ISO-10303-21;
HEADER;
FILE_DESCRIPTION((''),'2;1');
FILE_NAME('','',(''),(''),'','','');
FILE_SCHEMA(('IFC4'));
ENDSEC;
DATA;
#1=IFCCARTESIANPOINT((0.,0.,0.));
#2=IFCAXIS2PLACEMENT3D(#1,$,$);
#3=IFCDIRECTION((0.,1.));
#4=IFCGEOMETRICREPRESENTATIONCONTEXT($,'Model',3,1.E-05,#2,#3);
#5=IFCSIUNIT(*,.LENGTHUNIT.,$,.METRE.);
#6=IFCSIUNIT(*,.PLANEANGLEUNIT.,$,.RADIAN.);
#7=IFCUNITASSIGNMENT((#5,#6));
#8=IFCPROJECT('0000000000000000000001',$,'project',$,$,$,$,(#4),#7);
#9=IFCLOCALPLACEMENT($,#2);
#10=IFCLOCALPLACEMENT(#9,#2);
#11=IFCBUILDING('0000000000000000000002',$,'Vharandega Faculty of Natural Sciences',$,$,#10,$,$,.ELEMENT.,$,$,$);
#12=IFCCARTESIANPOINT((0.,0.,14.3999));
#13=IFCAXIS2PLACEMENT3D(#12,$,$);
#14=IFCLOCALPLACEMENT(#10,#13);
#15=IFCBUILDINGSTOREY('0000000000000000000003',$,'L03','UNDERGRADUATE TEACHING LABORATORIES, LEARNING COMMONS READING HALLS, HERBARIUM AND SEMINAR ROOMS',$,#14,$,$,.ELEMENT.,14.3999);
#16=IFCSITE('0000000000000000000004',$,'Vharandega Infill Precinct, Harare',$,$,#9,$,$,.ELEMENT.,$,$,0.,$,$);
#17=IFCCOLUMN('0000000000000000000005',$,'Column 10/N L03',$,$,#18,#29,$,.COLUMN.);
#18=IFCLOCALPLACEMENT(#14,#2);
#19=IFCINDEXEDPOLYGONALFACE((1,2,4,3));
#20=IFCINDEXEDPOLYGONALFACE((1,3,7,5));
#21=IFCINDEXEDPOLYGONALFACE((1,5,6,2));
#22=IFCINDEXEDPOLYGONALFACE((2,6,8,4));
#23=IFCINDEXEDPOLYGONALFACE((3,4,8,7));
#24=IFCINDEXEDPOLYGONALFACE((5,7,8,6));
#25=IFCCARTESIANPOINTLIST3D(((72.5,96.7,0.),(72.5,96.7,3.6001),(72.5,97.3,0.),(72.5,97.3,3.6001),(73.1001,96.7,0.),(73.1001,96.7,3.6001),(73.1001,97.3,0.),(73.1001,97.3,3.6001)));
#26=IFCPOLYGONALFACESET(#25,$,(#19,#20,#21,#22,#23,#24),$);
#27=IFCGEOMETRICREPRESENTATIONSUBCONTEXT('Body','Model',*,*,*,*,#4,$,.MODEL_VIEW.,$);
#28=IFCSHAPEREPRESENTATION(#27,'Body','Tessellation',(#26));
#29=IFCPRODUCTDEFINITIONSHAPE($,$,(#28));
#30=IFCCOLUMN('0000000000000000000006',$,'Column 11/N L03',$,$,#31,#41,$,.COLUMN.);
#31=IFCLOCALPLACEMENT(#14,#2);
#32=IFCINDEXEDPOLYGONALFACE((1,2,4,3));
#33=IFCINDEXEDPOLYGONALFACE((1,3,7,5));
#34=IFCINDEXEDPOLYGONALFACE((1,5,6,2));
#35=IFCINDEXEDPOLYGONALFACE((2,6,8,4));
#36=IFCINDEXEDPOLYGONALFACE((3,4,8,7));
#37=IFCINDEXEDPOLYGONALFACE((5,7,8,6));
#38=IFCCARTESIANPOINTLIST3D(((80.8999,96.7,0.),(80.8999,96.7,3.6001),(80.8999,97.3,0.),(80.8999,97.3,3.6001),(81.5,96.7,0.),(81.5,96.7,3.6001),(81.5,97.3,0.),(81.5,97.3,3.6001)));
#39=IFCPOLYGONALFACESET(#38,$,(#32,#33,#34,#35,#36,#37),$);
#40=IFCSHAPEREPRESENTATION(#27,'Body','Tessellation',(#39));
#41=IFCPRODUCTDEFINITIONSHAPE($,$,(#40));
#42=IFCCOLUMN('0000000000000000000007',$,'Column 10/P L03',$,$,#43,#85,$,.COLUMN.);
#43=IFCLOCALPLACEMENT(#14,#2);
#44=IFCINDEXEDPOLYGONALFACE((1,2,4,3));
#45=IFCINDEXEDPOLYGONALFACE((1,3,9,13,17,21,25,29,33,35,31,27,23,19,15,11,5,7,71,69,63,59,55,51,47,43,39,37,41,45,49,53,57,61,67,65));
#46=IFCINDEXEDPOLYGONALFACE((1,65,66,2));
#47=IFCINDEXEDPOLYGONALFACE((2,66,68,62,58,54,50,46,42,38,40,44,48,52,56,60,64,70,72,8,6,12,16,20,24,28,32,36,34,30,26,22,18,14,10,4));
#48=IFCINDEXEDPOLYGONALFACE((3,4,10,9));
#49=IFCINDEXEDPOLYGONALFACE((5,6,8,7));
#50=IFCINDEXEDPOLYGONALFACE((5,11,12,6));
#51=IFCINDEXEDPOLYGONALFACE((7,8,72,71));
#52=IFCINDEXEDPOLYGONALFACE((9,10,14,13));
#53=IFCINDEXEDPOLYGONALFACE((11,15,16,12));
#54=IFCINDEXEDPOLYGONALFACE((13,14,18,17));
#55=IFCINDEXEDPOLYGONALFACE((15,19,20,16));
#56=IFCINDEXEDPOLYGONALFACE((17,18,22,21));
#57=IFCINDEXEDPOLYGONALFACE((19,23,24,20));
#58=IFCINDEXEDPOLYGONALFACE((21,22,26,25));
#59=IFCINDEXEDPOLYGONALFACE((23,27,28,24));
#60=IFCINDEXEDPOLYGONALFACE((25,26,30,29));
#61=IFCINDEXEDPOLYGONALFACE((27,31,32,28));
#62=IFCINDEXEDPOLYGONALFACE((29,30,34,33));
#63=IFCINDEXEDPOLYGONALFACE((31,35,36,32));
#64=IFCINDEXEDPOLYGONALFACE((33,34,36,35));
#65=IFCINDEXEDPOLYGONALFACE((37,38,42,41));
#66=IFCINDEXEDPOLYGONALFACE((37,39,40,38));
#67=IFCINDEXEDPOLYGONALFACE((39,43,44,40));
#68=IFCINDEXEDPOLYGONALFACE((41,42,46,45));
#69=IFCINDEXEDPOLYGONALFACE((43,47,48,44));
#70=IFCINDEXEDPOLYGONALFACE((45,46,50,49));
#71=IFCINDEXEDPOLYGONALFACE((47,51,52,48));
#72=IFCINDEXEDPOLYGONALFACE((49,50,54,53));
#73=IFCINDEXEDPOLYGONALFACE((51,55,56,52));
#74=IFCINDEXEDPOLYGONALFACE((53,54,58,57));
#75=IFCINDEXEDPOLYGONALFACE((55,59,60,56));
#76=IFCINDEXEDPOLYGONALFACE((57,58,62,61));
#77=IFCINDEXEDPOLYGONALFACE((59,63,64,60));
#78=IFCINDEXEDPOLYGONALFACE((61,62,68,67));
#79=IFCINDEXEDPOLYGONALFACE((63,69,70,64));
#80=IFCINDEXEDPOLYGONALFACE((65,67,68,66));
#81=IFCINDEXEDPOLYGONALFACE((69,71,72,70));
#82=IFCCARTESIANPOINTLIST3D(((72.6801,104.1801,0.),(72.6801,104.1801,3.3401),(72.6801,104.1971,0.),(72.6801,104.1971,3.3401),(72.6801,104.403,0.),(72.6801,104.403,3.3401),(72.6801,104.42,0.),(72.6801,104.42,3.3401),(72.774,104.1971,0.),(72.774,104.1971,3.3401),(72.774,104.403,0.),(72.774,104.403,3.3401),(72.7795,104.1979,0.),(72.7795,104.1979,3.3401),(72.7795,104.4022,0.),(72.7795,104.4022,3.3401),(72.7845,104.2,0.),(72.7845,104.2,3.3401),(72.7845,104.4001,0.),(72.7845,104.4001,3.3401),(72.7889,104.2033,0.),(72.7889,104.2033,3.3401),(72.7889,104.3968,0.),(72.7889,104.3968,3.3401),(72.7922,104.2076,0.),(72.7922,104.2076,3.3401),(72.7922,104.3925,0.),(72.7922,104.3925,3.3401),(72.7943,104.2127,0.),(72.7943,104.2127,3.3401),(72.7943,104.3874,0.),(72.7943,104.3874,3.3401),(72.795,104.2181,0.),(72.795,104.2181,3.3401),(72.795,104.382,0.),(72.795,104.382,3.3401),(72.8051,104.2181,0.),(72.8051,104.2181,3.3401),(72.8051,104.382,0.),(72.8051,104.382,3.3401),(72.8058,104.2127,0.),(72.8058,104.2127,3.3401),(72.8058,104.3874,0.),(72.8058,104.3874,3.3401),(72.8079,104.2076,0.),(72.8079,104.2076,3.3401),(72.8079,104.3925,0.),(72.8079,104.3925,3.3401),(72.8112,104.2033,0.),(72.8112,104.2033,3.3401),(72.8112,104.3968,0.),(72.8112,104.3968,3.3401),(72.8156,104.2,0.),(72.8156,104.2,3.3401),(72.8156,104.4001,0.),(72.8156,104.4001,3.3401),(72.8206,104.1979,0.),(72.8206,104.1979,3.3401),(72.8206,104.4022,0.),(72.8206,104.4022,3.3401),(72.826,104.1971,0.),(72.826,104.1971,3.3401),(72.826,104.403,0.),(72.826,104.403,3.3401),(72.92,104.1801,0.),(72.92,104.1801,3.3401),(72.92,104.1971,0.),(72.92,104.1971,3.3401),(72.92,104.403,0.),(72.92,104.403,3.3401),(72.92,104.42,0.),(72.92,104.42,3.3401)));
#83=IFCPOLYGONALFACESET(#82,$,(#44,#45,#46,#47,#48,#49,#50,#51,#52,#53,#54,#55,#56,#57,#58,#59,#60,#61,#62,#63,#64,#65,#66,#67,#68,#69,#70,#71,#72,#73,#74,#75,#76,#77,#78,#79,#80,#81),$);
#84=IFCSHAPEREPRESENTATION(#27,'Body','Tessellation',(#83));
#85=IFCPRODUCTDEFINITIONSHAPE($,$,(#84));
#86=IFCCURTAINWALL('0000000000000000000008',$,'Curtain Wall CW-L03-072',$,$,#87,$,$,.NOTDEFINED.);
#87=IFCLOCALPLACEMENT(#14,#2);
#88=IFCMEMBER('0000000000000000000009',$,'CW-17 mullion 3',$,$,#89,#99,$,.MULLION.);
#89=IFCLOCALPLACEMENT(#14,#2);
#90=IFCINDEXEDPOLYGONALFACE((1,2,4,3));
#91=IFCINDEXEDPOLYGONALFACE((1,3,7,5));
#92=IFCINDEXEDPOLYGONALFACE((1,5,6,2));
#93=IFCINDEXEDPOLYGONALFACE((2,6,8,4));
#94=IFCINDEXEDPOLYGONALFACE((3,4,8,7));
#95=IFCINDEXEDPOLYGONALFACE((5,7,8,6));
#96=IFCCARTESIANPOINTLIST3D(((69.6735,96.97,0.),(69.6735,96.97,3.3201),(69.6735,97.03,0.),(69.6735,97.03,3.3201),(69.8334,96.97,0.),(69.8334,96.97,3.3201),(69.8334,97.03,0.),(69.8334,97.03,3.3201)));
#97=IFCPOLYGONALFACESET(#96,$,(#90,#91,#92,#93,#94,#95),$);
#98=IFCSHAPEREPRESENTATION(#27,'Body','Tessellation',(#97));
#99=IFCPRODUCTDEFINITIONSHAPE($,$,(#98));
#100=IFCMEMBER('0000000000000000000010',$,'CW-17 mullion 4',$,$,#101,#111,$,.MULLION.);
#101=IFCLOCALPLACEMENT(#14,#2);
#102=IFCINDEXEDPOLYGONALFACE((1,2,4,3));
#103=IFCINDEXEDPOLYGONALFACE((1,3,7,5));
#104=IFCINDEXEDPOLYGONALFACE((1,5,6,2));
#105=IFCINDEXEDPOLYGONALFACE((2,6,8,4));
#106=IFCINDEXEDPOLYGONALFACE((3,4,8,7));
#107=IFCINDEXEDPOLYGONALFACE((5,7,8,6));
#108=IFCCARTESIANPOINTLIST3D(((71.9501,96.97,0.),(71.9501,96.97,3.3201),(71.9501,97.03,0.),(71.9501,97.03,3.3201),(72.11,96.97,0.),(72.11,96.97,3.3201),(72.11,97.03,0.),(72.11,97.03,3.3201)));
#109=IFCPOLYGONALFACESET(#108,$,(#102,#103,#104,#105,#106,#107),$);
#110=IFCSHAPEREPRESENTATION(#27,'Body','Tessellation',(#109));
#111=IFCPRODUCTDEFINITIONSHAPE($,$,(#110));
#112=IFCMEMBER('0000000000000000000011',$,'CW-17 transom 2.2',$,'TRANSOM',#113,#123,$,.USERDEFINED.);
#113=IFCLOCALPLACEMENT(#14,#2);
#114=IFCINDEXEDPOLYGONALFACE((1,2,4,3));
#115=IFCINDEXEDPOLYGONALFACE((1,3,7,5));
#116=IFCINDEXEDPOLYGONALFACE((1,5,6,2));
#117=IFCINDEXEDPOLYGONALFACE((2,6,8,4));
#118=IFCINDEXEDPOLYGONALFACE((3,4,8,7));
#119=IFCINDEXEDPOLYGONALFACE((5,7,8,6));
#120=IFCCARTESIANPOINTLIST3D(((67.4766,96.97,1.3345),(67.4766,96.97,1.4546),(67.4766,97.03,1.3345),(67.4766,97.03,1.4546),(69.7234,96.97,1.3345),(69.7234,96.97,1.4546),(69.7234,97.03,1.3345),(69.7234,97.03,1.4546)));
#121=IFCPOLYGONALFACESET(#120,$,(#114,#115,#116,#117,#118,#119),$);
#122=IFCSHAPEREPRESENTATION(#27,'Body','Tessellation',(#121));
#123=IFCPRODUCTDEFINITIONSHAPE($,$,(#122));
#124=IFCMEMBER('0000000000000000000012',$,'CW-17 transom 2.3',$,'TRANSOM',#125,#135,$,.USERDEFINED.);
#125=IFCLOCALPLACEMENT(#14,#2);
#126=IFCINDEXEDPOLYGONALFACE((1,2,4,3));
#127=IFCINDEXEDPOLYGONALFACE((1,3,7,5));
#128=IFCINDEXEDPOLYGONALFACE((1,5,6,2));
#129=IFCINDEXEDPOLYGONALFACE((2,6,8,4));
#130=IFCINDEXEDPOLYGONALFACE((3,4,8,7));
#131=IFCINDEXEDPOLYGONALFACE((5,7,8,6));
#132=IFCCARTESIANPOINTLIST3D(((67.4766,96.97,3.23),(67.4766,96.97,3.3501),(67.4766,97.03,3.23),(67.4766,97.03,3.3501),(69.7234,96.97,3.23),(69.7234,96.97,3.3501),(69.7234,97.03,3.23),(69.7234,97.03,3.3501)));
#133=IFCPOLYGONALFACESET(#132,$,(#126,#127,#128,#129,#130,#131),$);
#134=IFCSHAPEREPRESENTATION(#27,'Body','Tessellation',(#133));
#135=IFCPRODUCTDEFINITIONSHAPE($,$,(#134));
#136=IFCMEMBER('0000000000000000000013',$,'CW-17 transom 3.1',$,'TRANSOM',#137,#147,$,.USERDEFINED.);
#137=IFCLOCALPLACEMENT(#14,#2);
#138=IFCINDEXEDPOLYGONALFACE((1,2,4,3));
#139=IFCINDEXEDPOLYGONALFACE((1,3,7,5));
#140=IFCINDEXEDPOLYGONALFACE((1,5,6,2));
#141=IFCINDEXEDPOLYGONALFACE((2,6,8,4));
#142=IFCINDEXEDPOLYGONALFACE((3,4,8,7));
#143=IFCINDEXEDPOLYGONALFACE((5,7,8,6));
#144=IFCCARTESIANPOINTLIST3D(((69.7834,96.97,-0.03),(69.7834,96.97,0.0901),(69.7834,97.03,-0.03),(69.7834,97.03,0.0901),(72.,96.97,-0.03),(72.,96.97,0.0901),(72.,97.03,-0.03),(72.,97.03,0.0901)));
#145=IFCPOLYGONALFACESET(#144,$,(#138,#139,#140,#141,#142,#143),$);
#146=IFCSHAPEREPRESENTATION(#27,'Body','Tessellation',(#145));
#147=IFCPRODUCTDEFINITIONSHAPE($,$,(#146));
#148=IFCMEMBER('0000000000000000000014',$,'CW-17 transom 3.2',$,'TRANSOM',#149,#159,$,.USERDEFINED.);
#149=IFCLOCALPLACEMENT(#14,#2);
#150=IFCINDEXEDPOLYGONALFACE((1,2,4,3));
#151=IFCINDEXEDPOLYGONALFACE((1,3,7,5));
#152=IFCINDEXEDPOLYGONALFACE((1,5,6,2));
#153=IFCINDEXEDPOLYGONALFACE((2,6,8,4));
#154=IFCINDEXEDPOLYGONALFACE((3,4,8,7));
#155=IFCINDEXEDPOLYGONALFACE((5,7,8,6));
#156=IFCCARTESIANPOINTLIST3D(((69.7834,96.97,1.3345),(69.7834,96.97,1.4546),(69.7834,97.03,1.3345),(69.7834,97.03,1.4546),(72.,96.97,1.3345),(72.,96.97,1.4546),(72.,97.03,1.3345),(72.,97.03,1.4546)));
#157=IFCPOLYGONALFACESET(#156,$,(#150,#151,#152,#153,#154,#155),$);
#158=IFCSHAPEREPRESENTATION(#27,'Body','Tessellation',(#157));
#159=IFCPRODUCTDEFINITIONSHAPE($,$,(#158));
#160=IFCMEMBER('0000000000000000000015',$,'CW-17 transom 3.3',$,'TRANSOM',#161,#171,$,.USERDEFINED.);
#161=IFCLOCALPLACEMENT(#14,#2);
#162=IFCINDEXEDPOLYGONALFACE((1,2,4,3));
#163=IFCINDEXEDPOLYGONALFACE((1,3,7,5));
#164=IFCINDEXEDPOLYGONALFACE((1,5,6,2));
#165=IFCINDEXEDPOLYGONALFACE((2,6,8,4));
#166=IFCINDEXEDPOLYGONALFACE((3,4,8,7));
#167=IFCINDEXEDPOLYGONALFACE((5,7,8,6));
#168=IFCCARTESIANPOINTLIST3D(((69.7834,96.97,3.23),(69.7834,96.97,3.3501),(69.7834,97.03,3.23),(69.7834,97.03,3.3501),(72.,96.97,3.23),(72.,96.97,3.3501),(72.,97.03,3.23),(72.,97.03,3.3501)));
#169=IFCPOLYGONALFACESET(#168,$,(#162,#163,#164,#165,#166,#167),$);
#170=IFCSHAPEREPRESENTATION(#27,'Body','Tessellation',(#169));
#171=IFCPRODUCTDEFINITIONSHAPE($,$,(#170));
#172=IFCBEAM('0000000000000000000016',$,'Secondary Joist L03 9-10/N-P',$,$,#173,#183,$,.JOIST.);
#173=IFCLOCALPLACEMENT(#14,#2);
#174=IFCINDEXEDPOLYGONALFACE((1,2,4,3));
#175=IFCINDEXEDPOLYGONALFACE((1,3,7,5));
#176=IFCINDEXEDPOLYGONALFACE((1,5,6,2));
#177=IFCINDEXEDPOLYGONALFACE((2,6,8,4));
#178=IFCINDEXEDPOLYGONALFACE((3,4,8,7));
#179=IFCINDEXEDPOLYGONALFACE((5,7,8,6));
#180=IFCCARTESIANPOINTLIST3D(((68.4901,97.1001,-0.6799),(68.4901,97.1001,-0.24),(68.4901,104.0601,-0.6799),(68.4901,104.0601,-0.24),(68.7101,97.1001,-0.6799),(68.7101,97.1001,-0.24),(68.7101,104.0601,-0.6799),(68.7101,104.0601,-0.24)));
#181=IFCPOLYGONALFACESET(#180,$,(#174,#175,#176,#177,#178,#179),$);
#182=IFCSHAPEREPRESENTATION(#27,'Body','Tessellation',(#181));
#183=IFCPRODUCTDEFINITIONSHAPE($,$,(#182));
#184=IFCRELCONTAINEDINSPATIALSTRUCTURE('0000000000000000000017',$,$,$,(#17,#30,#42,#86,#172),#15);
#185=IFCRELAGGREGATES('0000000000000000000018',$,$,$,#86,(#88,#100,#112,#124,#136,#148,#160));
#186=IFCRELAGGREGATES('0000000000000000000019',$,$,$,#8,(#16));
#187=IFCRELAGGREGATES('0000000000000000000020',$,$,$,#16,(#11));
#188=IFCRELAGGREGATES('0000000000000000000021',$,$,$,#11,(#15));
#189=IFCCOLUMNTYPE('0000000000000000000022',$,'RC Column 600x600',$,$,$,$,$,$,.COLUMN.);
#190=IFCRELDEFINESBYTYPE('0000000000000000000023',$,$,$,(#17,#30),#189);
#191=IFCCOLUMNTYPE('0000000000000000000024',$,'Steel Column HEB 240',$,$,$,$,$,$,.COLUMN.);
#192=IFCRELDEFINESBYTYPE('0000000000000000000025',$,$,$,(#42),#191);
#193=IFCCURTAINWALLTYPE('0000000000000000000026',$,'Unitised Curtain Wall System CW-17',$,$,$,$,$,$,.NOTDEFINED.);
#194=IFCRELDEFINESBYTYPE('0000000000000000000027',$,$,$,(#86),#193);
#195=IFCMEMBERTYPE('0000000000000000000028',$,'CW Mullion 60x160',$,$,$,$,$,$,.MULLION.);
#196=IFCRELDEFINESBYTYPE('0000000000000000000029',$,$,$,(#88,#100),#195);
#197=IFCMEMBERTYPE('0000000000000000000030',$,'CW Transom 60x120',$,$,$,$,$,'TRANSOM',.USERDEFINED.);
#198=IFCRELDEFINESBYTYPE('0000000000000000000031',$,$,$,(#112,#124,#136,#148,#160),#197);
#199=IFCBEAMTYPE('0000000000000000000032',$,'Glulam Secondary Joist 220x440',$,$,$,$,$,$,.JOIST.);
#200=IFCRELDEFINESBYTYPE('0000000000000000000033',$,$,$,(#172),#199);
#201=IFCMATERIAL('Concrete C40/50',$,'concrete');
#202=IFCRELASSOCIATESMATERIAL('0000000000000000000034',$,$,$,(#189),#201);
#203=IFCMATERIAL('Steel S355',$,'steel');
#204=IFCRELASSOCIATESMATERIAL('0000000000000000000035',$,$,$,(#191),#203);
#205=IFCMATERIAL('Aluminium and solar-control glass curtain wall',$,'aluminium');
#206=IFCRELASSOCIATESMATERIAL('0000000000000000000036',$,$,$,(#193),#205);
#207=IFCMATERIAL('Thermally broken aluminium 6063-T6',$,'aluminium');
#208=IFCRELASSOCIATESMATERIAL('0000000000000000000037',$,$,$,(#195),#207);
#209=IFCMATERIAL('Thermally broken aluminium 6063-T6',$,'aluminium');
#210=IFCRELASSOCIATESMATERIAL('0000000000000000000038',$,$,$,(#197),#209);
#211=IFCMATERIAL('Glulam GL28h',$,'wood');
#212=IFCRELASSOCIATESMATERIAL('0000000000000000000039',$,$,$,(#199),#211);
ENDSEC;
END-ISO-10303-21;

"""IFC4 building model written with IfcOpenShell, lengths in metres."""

from ifc_helpers import new_model, si_unit, direction, frame, origin, origin_2d, place, context, subcontext, project, spatial, rectangle, i_section, extrude, material, material_profile, profile_set, type_object, element, aggregate, save


model = new_model("IFC4")

# Units and contexts
model_context = context("Model", 3, precision=1e-05, world=origin(), true_north=direction((0.0, 1.0)))
body_context = subcontext(model_context, "Body", "Model", "MODEL_VIEW")
ifc_project = project(units=[si_unit("LENGTHUNIT", "METRE"), si_unit("PLANEANGLEUNIT", "RADIAN")], contexts=[model_context])

# Site, building, storey
site_placement = place(None, origin())
site = spatial("IfcSite", under=ifc_project, at=site_placement, Name="Vharandega Infill Precinct, Harare", CompositionType="ELEMENT", RefElevation=0.0)
building_placement = place(site_placement, origin())
building = spatial("IfcBuilding", under=site, at=building_placement, Name="Vharandega Faculty of Natural Sciences", CompositionType="ELEMENT")
storey_placement = place(building_placement, frame((0.0, 0.0, 14.3999)))
storey = spatial("IfcBuildingStorey", under=building, at=storey_placement, Name="L03", Description="UNDERGRADUATE TEACHING LABORATORIES, LEARNING COMMONS READING HALLS, HERBARIUM AND SEMINAR ROOMS", CompositionType="ELEMENT", Elevation=14.3999)

# Columns
ifc_material_1 = material(Name="Concrete C40/50", Category="concrete")
ifc_material_profile_1 = material_profile(ifc_material_1, rectangle(XDim=0.6001, YDim=0.6001, at=origin_2d()), Name="RC 600x600")
ifc_profile_set_1 = profile_set([ifc_material_profile_1], Name="Concrete C40/50")
column_type_1 = type_object("IfcColumnType", Name="RC Column 600x600", PredefinedType="COLUMN", material=ifc_profile_set_1)
for number, where, z_axis, x_axis, name in (
    (1, (72.8, 97.0, 0.0), (0.0, 0.0, 1.0), (1.0, 0.0, 0.0), "Column 10/N L03"),
    (2, (81.2, 97.0, 0.0), (0.0, 0.0, 1.0), (1.0, 0.0, 0.0), "Column 11/N L03"),
):
    element("IfcColumn", number, at=place(storey_placement, frame(where, z_axis=z_axis, x_axis=x_axis)), inside=storey, type_object=column_type_1, Name=name, PredefinedType="COLUMN", context=body_context, shape_type="SweptSolid", body=[
        extrude(rectangle(XDim=0.6001, YDim=0.6001, at=origin_2d()), origin(), (0.0, 0.0, 1.0), 3.6001),
    ])
ifc_material_2 = material(Name="Steel S355", Category="steel")
ifc_material_profile_2 = material_profile(ifc_material_2, i_section(OverallWidth=0.24, OverallDepth=0.24, WebThickness=0.01, FlangeThickness=0.0171, FilletRadius=0.021, at=origin_2d()), Name="HEB 240")
ifc_profile_set_2 = profile_set([ifc_material_profile_2], Name="Steel S355")
column_type_2 = type_object("IfcColumnType", Name="Steel Column HEB 240", PredefinedType="COLUMN", material=ifc_profile_set_2)
column_placement = place(storey_placement, frame((72.8, 104.3, 0.0), z_axis=(0.0, 0.0, 1.0), x_axis=(1.0, 0.0, 0.0)))
element("IfcColumn", 3, at=column_placement, inside=storey, type_object=column_type_2, Name="Column 10/P L03", PredefinedType="COLUMN", context=body_context, shape_type="SweptSolid", body=[
    extrude(i_section(OverallWidth=0.24, OverallDepth=0.24, WebThickness=0.01, FlangeThickness=0.0171, FilletRadius=0.021, at=origin_2d()), origin(), (0.0, 0.0, 1.0), 3.3401),
])

# Curtain wall, members
ifc_material_3 = material(Name="Aluminium and solar-control glass curtain wall", Category="aluminium")
curtain_wall_type = type_object("IfcCurtainWallType", Name="Unitised Curtain Wall System CW-17", PredefinedType="NOTDEFINED", material=ifc_material_3)
curtain_wall_placement = place(storey_placement, origin())
curtain_wall = element("IfcCurtainWall", 4, at=curtain_wall_placement, inside=storey, type_object=curtain_wall_type, Name="Curtain Wall CW-L03-072", PredefinedType="NOTDEFINED")
ifc_material_4 = material(Name="Thermally broken aluminium 6063-T6", Category="aluminium")
ifc_material_profile_3 = material_profile(ifc_material_4, rectangle(XDim=0.0601, YDim=0.1599, at=origin_2d()), Name="ALU 60x160")
ifc_profile_set_3 = profile_set([ifc_material_profile_3], Name="Thermally broken aluminium 6063-T6")
member_type_1 = type_object("IfcMemberType", Name="CW Mullion 60x160", PredefinedType="MULLION", material=ifc_profile_set_3)
member_1_placement = place(storey_placement, frame((69.7534, 97.0, 0.0), z_axis=(0.0, 0.0, 1.0), x_axis=(0.0, 1.0, 0.0)))
member_1 = element("IfcMember", 5, at=member_1_placement, type_object=member_type_1, Name="CW-17 mullion 3", PredefinedType="MULLION", context=body_context, shape_type="SweptSolid", body=[
    extrude(rectangle(XDim=0.0601, YDim=0.1599, at=origin_2d()), origin(), (0.0, 0.0, 1.0), 3.3201),
])
member_2_placement = place(storey_placement, frame((72.03, 97.0, 0.0), z_axis=(0.0, 0.0, 1.0), x_axis=(0.0, 1.0, 0.0)))
member_2 = element("IfcMember", 6, at=member_2_placement, type_object=member_type_1, Name="CW-17 mullion 4", PredefinedType="MULLION", context=body_context, shape_type="SweptSolid", body=[
    extrude(rectangle(XDim=0.0601, YDim=0.1599, at=origin_2d()), origin(), (0.0, 0.0, 1.0), 3.3201),
])
ifc_material_5 = material(Name="Thermally broken aluminium 6063-T6", Category="aluminium")
ifc_material_profile_4 = material_profile(ifc_material_5, rectangle(XDim=0.0601, YDim=0.1201, at=origin_2d()), Name="ALU 60x120")
ifc_profile_set_4 = profile_set([ifc_material_profile_4], Name="Thermally broken aluminium 6063-T6")
member_type_2 = type_object("IfcMemberType", Name="CW Transom 60x120", ElementType="TRANSOM", PredefinedType="USERDEFINED", material=ifc_profile_set_4)
member_3_placement = place(storey_placement, frame((67.4766, 97.0, 1.3945), z_axis=(1.0, 0.0, 0.0), x_axis=(0.0, 1.0, 0.0)))
member_3 = element("IfcMember", 7, at=member_3_placement, type_object=member_type_2, Name="CW-17 transom 2.2", ObjectType="TRANSOM", PredefinedType="USERDEFINED", context=body_context, shape_type="SweptSolid", body=[
    extrude(rectangle(XDim=0.0601, YDim=0.1201, at=origin_2d()), origin(), (0.0, 0.0, 1.0), 2.2468),
])
member_4_placement = place(storey_placement, frame((67.4766, 97.0, 3.29), z_axis=(1.0, 0.0, 0.0), x_axis=(0.0, 1.0, 0.0)))
member_4 = element("IfcMember", 8, at=member_4_placement, type_object=member_type_2, Name="CW-17 transom 2.3", ObjectType="TRANSOM", PredefinedType="USERDEFINED", context=body_context, shape_type="SweptSolid", body=[
    extrude(rectangle(XDim=0.0601, YDim=0.1201, at=origin_2d()), origin(), (0.0, 0.0, 1.0), 2.2468),
])
member_5_placement = place(storey_placement, frame((69.7834, 97.0, 0.03), z_axis=(1.0, 0.0, 0.0), x_axis=(0.0, 1.0, 0.0)))
member_5 = element("IfcMember", 9, at=member_5_placement, type_object=member_type_2, Name="CW-17 transom 3.1", ObjectType="TRANSOM", PredefinedType="USERDEFINED", context=body_context, shape_type="SweptSolid", body=[
    extrude(rectangle(XDim=0.0601, YDim=0.1201, at=origin_2d()), origin(), (0.0, 0.0, 1.0), 2.2166),
])
member_6_placement = place(storey_placement, frame((69.7834, 97.0, 1.3945), z_axis=(1.0, 0.0, 0.0), x_axis=(0.0, 1.0, 0.0)))
member_6 = element("IfcMember", 10, at=member_6_placement, type_object=member_type_2, Name="CW-17 transom 3.2", ObjectType="TRANSOM", PredefinedType="USERDEFINED", context=body_context, shape_type="SweptSolid", body=[
    extrude(rectangle(XDim=0.0601, YDim=0.1201, at=origin_2d()), origin(), (0.0, 0.0, 1.0), 2.2166),
])
member_7_placement = place(storey_placement, frame((69.7834, 97.0, 3.29), z_axis=(1.0, 0.0, 0.0), x_axis=(0.0, 1.0, 0.0)))
member_7 = element("IfcMember", 11, at=member_7_placement, type_object=member_type_2, Name="CW-17 transom 3.3", ObjectType="TRANSOM", PredefinedType="USERDEFINED", context=body_context, shape_type="SweptSolid", body=[
    extrude(rectangle(XDim=0.0601, YDim=0.1201, at=origin_2d()), origin(), (0.0, 0.0, 1.0), 2.2166),
])

# Beam
ifc_material_6 = material(Name="Glulam GL28h", Category="wood")
ifc_material_profile_5 = material_profile(ifc_material_6, rectangle(XDim=0.22, YDim=0.4399, at=origin_2d()), Name="GL28h 220x440")
ifc_profile_set_5 = profile_set([ifc_material_profile_5], Name="Glulam GL28h")
beam_type_1 = type_object("IfcBeamType", Name="Glulam Secondary Joist 220x440", PredefinedType="JOIST", material=ifc_profile_set_5)
beam_1_placement = place(storey_placement, frame((68.6001, 97.1001, -0.46), z_axis=(0.0, 1.0, 0.0), x_axis=(-1.0, 0.0, 0.0)))
element("IfcBeam", 12, at=beam_1_placement, inside=storey, type_object=beam_type_1, Name="Secondary Joist L03 9-10/N-P", PredefinedType="JOIST", context=body_context, shape_type="SweptSolid", body=[
    extrude(rectangle(XDim=0.22, YDim=0.4399, at=origin_2d()), origin(), (0.0, 0.0, 1.0), 6.96),
])

aggregate(curtain_wall, [member_1, member_2, member_3, member_4, member_5, member_6, member_7])

save(model, "model.ifc")
